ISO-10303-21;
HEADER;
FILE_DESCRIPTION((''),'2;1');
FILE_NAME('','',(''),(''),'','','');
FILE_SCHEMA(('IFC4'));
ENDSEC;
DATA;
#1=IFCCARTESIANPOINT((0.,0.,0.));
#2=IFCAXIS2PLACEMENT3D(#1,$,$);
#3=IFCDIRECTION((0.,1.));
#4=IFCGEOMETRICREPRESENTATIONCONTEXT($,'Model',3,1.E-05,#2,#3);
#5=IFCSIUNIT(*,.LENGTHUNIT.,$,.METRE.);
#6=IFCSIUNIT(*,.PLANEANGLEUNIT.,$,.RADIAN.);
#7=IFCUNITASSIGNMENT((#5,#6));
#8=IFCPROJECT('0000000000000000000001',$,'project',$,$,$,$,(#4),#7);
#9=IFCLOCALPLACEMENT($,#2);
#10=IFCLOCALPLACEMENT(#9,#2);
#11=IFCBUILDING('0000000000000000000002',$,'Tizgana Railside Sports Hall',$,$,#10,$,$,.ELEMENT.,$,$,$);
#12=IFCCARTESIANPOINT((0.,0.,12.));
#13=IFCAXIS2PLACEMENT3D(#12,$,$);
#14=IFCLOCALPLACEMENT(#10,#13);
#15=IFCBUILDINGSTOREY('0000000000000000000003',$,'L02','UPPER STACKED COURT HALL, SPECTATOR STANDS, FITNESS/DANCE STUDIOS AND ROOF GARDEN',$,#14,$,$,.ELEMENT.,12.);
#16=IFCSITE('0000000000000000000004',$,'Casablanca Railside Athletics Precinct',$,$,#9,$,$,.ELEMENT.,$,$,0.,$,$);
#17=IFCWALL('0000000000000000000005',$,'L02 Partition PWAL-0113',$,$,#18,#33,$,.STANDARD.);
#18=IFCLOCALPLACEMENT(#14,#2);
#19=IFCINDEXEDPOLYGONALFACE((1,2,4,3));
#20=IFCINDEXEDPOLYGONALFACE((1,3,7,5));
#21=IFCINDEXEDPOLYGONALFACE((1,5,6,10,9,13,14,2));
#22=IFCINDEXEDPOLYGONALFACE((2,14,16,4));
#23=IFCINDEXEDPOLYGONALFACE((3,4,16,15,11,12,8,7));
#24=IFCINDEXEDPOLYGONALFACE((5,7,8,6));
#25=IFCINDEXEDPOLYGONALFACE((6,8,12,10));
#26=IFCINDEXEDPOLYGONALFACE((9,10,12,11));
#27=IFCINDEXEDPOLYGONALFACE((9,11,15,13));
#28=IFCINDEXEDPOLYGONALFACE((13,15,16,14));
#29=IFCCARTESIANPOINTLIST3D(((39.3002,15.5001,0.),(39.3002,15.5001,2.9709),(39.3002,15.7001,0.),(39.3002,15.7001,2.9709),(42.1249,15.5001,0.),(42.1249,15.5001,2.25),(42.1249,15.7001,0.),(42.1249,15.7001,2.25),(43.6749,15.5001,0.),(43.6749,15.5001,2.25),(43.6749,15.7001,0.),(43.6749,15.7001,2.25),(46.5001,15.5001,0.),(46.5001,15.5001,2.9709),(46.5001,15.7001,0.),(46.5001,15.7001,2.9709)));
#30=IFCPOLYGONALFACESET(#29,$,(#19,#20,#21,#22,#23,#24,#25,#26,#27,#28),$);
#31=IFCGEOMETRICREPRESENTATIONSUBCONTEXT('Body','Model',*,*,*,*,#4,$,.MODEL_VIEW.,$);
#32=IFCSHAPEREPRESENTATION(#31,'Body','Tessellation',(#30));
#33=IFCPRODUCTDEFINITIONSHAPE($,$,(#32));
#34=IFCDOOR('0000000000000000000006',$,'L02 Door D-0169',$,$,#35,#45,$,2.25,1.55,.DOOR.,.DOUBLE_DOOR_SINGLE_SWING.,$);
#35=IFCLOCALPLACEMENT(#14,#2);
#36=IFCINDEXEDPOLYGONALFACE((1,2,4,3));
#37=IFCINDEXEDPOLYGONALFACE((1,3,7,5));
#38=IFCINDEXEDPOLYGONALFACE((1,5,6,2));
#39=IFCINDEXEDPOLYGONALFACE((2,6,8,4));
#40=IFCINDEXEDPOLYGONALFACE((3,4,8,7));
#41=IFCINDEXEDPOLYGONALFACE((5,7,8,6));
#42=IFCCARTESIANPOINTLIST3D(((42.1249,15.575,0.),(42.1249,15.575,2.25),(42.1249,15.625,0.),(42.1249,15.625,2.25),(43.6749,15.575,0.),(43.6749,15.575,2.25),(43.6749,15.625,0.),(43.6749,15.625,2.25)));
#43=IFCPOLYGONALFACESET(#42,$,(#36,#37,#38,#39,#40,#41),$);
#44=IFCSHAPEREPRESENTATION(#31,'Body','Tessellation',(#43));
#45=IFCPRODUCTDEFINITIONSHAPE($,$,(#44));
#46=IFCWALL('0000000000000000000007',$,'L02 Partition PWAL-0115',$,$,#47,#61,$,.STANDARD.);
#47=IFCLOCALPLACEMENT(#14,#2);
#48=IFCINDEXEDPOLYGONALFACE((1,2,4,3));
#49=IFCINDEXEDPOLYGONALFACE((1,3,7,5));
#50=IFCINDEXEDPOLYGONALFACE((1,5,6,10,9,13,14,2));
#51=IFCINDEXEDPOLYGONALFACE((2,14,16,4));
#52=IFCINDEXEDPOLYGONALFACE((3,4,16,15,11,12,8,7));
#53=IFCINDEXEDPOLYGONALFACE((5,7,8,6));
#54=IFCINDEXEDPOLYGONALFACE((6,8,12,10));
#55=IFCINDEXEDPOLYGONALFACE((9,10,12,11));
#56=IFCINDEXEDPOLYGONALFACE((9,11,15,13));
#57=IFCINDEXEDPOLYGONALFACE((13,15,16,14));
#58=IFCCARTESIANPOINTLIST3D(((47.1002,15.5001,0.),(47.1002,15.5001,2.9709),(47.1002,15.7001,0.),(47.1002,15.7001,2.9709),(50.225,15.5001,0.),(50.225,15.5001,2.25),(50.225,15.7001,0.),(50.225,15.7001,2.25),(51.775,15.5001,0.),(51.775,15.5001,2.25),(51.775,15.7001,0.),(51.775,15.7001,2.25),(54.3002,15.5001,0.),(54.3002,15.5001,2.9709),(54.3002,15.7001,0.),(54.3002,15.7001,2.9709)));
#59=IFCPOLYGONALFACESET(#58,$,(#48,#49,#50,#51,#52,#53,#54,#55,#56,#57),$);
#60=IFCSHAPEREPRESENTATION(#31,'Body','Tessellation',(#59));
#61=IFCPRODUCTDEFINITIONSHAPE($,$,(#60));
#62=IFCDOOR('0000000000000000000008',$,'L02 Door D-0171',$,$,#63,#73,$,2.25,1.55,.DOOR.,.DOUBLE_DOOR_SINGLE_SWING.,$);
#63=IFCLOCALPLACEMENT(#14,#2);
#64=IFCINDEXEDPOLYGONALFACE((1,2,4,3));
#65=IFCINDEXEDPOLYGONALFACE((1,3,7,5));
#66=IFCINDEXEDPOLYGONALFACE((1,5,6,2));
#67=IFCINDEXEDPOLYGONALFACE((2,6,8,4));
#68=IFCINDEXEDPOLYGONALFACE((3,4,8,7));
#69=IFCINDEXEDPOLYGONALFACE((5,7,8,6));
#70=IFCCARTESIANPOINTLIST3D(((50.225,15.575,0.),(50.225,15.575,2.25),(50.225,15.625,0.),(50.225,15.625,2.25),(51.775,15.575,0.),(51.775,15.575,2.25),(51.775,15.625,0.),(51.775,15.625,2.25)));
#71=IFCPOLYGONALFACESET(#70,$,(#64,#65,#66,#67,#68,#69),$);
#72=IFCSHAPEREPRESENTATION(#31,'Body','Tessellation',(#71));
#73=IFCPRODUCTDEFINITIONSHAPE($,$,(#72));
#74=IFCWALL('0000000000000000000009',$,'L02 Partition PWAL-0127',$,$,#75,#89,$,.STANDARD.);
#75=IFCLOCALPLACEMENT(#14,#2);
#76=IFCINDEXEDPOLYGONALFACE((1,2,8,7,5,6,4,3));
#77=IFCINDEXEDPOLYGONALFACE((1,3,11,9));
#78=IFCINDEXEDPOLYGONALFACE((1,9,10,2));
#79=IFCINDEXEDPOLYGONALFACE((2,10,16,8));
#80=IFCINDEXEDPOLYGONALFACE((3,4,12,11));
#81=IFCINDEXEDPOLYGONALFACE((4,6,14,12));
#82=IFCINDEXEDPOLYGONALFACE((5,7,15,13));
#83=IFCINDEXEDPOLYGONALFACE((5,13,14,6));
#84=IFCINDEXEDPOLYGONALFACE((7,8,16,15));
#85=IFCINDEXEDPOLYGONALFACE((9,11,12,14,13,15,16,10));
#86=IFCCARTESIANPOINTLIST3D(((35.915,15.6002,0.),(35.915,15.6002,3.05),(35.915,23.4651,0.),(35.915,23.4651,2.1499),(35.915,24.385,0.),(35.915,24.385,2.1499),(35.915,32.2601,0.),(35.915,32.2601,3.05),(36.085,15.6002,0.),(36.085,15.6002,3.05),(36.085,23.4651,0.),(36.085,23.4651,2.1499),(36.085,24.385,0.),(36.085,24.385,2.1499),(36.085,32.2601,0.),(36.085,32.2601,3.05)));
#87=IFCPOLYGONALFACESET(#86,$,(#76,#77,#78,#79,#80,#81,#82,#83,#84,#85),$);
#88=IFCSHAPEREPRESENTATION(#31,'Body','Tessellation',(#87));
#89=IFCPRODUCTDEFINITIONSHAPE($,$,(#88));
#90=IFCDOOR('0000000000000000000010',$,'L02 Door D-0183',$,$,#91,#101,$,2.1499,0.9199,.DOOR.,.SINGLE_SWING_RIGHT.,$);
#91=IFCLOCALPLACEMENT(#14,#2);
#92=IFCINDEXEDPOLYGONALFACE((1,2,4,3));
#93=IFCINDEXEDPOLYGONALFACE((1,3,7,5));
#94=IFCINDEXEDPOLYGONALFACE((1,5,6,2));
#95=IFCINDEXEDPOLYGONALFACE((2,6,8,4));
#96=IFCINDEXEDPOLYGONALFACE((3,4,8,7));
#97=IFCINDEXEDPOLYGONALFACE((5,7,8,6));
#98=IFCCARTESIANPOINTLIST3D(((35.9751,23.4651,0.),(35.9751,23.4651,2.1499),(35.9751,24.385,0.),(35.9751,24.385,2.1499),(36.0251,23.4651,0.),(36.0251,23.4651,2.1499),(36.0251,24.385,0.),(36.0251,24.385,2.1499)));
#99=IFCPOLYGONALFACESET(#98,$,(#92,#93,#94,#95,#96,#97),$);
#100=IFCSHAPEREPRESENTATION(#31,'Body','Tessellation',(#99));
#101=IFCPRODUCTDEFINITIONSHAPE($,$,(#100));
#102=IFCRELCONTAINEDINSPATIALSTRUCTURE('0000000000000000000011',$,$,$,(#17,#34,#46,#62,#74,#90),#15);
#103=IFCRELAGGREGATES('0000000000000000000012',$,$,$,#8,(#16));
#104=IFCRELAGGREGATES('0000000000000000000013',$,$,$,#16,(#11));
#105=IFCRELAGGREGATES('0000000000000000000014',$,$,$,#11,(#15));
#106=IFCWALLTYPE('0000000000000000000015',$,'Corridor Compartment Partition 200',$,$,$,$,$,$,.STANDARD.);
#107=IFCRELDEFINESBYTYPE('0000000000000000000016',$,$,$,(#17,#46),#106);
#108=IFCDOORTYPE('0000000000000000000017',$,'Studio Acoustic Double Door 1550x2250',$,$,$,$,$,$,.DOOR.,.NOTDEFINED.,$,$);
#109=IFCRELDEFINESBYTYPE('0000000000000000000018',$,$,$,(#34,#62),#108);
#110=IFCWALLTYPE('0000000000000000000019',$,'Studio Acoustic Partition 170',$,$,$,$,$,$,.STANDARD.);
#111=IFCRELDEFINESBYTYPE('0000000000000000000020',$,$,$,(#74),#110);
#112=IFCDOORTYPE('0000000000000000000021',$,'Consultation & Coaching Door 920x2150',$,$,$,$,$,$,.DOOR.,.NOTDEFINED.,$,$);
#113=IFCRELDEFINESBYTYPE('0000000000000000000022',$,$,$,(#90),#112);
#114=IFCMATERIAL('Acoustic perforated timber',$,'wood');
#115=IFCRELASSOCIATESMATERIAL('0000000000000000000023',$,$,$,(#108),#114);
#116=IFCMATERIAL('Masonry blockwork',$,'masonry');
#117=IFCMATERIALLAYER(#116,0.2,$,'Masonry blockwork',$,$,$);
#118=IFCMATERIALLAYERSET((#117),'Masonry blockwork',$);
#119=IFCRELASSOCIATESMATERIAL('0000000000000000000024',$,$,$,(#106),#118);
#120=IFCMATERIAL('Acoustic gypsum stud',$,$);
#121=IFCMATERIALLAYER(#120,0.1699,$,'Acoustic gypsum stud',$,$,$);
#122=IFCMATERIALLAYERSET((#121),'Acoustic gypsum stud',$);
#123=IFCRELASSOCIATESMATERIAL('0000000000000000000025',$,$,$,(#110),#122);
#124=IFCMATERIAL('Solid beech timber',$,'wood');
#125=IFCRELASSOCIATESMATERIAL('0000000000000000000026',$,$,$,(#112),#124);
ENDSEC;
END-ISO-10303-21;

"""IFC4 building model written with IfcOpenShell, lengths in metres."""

from ifc_helpers import new_model, si_unit, direction, frame, frame_2d, origin, place, context, subcontext, project, spatial, rectangle, extrude, material, layer, layer_set, type_object, element, fill, save


model = new_model("IFC4")

# Units and contexts
model_context = context("Model", 3, precision=1e-05, world=origin(), true_north=direction((0.0, 1.0)))
body_context = subcontext(model_context, "Body", "Model", "MODEL_VIEW")
ifc_project = project(units=[si_unit("LENGTHUNIT", "METRE"), si_unit("PLANEANGLEUNIT", "RADIAN")], contexts=[model_context])

# Site, building, storey
site_placement = place(None, origin())
site = spatial("IfcSite", under=ifc_project, at=site_placement, Name="Casablanca Railside Athletics Precinct", CompositionType="ELEMENT", RefElevation=0.0)
building_placement = place(site_placement, origin())
building = spatial("IfcBuilding", under=site, at=building_placement, Name="Tizgana Railside Sports Hall", CompositionType="ELEMENT")
storey_placement = place(building_placement, frame((0.0, 0.0, 12.0)))
storey = spatial("IfcBuildingStorey", under=building, at=storey_placement, Name="L02", Description="UPPER STACKED COURT HALL, SPECTATOR STANDS, FITNESS/DANCE STUDIOS AND ROOF GARDEN", CompositionType="ELEMENT", Elevation=12.0)

# Walls, openings, doors
ifc_material_1 = material(Name="Acoustic gypsum stud")
ifc_material_2 = material(Name="Acoustic perforated timber", Category="wood")
door_type_1 = type_object("IfcDoorType", Name="Studio Acoustic Double Door 1550x2250", OperationType="NOTDEFINED", PredefinedType="DOOR", material=ifc_material_2)
ifc_material_3 = material(Name="Masonry blockwork", Category="masonry")
ifc_layer_1 = layer(ifc_material_3, 0.2, Name="Masonry blockwork")
ifc_layer_set_1 = layer_set([ifc_layer_1], Name="Masonry blockwork")
wall_type_1 = type_object("IfcWallType", Name="Corridor Compartment Partition 200", PredefinedType="STANDARD", material=ifc_layer_set_1)
wall_1_placement = place(storey_placement, frame((39.3, 15.6001, 0.0), z_axis=(0.0, 0.0, 1.0), x_axis=(1.0, 0.0, 0.0)))
wall_1 = element("IfcWall", 1, at=wall_1_placement, inside=storey, type_object=wall_type_1, Name="L02 Partition PWAL-0113", PredefinedType="STANDARD", context=body_context, shape_type="SweptSolid", body=[
    extrude(rectangle(XDim=7.2, YDim=0.2, at=frame_2d((3.6001, 0.0))), origin(), (0.0, 0.0, 1.0), 2.9709),
])
opening_1_placement = place(wall_1_placement, frame((2.825, 0.0, 0.0)))
opening_1 = element("IfcOpeningElement", 2, at=opening_1_placement, cuts=wall_1, PredefinedType="OPENING", context=body_context, shape_type="SweptSolid", body=[
    extrude(rectangle(XDim=1.55, YDim=2.25, at=frame_2d((0.7749, 1.125))), frame((0.0, 0.1099, 0.0), z_axis=(0.0, -1.0, 0.0), x_axis=(1.0, 0.0, 0.0)), (0.0, 0.0, 1.0), 0.22),
])
door_1_placement = place(opening_1_placement, origin())
door_1 = element("IfcDoor", 3, at=door_1_placement, inside=storey, type_object=door_type_1, Name="L02 Door D-0169", OperationType="DOUBLE_DOOR_SINGLE_SWING", OverallHeight=2.25, OverallWidth=1.55, PredefinedType="DOOR", context=body_context, shape_type="SweptSolid", body=[
    extrude(rectangle(XDim=1.55, YDim=2.25, at=frame_2d((0.7749, 1.125))), frame((0.0, 0.0249, 0.0), z_axis=(0.0, -1.0, 0.0), x_axis=(1.0, 0.0, 0.0)), (0.0, 0.0, 1.0), 0.05),
])
fill(opening_1, door_1)
wall_2_placement = place(storey_placement, frame((47.1001, 15.6001, 0.0), z_axis=(0.0, 0.0, 1.0), x_axis=(1.0, 0.0, 0.0)))
wall_2 = element("IfcWall", 4, at=wall_2_placement, inside=storey, type_object=wall_type_1, Name="L02 Partition PWAL-0115", PredefinedType="STANDARD", context=body_context, shape_type="SweptSolid", body=[
    extrude(rectangle(XDim=7.2, YDim=0.2, at=frame_2d((3.6001, 0.0))), origin(), (0.0, 0.0, 1.0), 2.9709),
])
opening_2_placement = place(wall_2_placement, frame((3.125, 0.0, 0.0)))
opening_2 = element("IfcOpeningElement", 5, at=opening_2_placement, cuts=wall_2, PredefinedType="OPENING", context=body_context, shape_type="SweptSolid", body=[
    extrude(rectangle(XDim=1.55, YDim=2.25, at=frame_2d((0.7749, 1.125))), frame((0.0, 0.1099, 0.0), z_axis=(0.0, -1.0, 0.0), x_axis=(1.0, 0.0, 0.0)), (0.0, 0.0, 1.0), 0.22),
])
door_2_placement = place(opening_2_placement, origin())
door_2 = element("IfcDoor", 6, at=door_2_placement, inside=storey, type_object=door_type_1, Name="L02 Door D-0171", OperationType="DOUBLE_DOOR_SINGLE_SWING", OverallHeight=2.25, OverallWidth=1.55, PredefinedType="DOOR", context=body_context, shape_type="SweptSolid", body=[
    extrude(rectangle(XDim=1.55, YDim=2.25, at=frame_2d((0.7749, 1.125))), frame((0.0, 0.0249, 0.0), z_axis=(0.0, -1.0, 0.0), x_axis=(1.0, 0.0, 0.0)), (0.0, 0.0, 1.0), 0.05),
])
fill(opening_2, door_2)
ifc_layer_2 = layer(ifc_material_1, 0.1699, Name="Acoustic gypsum stud")
ifc_layer_set_2 = layer_set([ifc_layer_2], Name="Acoustic gypsum stud")
wall_type_2 = type_object("IfcWallType", Name="Studio Acoustic Partition 170", PredefinedType="STANDARD", material=ifc_layer_set_2)
wall_3_placement = place(storey_placement, frame((36.0, 15.6001, 0.0), z_axis=(0.0, 0.0, 1.0), x_axis=(0.0, 1.0, 0.0)))
wall_3 = element("IfcWall", 7, at=wall_3_placement, inside=storey, type_object=wall_type_2, Name="L02 Partition PWAL-0127", PredefinedType="STANDARD", context=body_context, shape_type="SweptSolid", body=[
    extrude(rectangle(XDim=16.6599, YDim=0.1699, at=frame_2d((8.3301, 0.0))), origin(), (0.0, 0.0, 1.0), 3.05),
])
opening_3_placement = place(wall_3_placement, frame((7.865, 0.0, 0.0)))
opening_3 = element("IfcOpeningElement", 8, at=opening_3_placement, cuts=wall_3, PredefinedType="OPENING", context=body_context, shape_type="SweptSolid", body=[
    extrude(rectangle(XDim=0.9199, YDim=2.1499, at=frame_2d((0.46, 1.075))), frame((0.0, 0.095, 0.0), z_axis=(0.0, -1.0, 0.0), x_axis=(1.0, 0.0, 0.0)), (0.0, 0.0, 1.0), 0.1899),
])
ifc_material_4 = material(Name="Solid beech timber", Category="wood")
door_type_2 = type_object("IfcDoorType", Name="Consultation & Coaching Door 920x2150", OperationType="NOTDEFINED", PredefinedType="DOOR", material=ifc_material_4)
door_3_placement = place(opening_3_placement, origin())
door_3 = element("IfcDoor", 9, at=door_3_placement, inside=storey, type_object=door_type_2, Name="L02 Door D-0183", OperationType="SINGLE_SWING_RIGHT", OverallHeight=2.1499, OverallWidth=0.9199, PredefinedType="DOOR", context=body_context, shape_type="SweptSolid", body=[
    extrude(rectangle(XDim=0.9199, YDim=2.1499, at=frame_2d((0.46, 1.075))), frame((0.0, 0.0249, 0.0), z_axis=(0.0, -1.0, 0.0), x_axis=(1.0, 0.0, 0.0)), (0.0, 0.0, 1.0), 0.05),
])
fill(opening_3, door_3)

save(model, "model.ifc")
